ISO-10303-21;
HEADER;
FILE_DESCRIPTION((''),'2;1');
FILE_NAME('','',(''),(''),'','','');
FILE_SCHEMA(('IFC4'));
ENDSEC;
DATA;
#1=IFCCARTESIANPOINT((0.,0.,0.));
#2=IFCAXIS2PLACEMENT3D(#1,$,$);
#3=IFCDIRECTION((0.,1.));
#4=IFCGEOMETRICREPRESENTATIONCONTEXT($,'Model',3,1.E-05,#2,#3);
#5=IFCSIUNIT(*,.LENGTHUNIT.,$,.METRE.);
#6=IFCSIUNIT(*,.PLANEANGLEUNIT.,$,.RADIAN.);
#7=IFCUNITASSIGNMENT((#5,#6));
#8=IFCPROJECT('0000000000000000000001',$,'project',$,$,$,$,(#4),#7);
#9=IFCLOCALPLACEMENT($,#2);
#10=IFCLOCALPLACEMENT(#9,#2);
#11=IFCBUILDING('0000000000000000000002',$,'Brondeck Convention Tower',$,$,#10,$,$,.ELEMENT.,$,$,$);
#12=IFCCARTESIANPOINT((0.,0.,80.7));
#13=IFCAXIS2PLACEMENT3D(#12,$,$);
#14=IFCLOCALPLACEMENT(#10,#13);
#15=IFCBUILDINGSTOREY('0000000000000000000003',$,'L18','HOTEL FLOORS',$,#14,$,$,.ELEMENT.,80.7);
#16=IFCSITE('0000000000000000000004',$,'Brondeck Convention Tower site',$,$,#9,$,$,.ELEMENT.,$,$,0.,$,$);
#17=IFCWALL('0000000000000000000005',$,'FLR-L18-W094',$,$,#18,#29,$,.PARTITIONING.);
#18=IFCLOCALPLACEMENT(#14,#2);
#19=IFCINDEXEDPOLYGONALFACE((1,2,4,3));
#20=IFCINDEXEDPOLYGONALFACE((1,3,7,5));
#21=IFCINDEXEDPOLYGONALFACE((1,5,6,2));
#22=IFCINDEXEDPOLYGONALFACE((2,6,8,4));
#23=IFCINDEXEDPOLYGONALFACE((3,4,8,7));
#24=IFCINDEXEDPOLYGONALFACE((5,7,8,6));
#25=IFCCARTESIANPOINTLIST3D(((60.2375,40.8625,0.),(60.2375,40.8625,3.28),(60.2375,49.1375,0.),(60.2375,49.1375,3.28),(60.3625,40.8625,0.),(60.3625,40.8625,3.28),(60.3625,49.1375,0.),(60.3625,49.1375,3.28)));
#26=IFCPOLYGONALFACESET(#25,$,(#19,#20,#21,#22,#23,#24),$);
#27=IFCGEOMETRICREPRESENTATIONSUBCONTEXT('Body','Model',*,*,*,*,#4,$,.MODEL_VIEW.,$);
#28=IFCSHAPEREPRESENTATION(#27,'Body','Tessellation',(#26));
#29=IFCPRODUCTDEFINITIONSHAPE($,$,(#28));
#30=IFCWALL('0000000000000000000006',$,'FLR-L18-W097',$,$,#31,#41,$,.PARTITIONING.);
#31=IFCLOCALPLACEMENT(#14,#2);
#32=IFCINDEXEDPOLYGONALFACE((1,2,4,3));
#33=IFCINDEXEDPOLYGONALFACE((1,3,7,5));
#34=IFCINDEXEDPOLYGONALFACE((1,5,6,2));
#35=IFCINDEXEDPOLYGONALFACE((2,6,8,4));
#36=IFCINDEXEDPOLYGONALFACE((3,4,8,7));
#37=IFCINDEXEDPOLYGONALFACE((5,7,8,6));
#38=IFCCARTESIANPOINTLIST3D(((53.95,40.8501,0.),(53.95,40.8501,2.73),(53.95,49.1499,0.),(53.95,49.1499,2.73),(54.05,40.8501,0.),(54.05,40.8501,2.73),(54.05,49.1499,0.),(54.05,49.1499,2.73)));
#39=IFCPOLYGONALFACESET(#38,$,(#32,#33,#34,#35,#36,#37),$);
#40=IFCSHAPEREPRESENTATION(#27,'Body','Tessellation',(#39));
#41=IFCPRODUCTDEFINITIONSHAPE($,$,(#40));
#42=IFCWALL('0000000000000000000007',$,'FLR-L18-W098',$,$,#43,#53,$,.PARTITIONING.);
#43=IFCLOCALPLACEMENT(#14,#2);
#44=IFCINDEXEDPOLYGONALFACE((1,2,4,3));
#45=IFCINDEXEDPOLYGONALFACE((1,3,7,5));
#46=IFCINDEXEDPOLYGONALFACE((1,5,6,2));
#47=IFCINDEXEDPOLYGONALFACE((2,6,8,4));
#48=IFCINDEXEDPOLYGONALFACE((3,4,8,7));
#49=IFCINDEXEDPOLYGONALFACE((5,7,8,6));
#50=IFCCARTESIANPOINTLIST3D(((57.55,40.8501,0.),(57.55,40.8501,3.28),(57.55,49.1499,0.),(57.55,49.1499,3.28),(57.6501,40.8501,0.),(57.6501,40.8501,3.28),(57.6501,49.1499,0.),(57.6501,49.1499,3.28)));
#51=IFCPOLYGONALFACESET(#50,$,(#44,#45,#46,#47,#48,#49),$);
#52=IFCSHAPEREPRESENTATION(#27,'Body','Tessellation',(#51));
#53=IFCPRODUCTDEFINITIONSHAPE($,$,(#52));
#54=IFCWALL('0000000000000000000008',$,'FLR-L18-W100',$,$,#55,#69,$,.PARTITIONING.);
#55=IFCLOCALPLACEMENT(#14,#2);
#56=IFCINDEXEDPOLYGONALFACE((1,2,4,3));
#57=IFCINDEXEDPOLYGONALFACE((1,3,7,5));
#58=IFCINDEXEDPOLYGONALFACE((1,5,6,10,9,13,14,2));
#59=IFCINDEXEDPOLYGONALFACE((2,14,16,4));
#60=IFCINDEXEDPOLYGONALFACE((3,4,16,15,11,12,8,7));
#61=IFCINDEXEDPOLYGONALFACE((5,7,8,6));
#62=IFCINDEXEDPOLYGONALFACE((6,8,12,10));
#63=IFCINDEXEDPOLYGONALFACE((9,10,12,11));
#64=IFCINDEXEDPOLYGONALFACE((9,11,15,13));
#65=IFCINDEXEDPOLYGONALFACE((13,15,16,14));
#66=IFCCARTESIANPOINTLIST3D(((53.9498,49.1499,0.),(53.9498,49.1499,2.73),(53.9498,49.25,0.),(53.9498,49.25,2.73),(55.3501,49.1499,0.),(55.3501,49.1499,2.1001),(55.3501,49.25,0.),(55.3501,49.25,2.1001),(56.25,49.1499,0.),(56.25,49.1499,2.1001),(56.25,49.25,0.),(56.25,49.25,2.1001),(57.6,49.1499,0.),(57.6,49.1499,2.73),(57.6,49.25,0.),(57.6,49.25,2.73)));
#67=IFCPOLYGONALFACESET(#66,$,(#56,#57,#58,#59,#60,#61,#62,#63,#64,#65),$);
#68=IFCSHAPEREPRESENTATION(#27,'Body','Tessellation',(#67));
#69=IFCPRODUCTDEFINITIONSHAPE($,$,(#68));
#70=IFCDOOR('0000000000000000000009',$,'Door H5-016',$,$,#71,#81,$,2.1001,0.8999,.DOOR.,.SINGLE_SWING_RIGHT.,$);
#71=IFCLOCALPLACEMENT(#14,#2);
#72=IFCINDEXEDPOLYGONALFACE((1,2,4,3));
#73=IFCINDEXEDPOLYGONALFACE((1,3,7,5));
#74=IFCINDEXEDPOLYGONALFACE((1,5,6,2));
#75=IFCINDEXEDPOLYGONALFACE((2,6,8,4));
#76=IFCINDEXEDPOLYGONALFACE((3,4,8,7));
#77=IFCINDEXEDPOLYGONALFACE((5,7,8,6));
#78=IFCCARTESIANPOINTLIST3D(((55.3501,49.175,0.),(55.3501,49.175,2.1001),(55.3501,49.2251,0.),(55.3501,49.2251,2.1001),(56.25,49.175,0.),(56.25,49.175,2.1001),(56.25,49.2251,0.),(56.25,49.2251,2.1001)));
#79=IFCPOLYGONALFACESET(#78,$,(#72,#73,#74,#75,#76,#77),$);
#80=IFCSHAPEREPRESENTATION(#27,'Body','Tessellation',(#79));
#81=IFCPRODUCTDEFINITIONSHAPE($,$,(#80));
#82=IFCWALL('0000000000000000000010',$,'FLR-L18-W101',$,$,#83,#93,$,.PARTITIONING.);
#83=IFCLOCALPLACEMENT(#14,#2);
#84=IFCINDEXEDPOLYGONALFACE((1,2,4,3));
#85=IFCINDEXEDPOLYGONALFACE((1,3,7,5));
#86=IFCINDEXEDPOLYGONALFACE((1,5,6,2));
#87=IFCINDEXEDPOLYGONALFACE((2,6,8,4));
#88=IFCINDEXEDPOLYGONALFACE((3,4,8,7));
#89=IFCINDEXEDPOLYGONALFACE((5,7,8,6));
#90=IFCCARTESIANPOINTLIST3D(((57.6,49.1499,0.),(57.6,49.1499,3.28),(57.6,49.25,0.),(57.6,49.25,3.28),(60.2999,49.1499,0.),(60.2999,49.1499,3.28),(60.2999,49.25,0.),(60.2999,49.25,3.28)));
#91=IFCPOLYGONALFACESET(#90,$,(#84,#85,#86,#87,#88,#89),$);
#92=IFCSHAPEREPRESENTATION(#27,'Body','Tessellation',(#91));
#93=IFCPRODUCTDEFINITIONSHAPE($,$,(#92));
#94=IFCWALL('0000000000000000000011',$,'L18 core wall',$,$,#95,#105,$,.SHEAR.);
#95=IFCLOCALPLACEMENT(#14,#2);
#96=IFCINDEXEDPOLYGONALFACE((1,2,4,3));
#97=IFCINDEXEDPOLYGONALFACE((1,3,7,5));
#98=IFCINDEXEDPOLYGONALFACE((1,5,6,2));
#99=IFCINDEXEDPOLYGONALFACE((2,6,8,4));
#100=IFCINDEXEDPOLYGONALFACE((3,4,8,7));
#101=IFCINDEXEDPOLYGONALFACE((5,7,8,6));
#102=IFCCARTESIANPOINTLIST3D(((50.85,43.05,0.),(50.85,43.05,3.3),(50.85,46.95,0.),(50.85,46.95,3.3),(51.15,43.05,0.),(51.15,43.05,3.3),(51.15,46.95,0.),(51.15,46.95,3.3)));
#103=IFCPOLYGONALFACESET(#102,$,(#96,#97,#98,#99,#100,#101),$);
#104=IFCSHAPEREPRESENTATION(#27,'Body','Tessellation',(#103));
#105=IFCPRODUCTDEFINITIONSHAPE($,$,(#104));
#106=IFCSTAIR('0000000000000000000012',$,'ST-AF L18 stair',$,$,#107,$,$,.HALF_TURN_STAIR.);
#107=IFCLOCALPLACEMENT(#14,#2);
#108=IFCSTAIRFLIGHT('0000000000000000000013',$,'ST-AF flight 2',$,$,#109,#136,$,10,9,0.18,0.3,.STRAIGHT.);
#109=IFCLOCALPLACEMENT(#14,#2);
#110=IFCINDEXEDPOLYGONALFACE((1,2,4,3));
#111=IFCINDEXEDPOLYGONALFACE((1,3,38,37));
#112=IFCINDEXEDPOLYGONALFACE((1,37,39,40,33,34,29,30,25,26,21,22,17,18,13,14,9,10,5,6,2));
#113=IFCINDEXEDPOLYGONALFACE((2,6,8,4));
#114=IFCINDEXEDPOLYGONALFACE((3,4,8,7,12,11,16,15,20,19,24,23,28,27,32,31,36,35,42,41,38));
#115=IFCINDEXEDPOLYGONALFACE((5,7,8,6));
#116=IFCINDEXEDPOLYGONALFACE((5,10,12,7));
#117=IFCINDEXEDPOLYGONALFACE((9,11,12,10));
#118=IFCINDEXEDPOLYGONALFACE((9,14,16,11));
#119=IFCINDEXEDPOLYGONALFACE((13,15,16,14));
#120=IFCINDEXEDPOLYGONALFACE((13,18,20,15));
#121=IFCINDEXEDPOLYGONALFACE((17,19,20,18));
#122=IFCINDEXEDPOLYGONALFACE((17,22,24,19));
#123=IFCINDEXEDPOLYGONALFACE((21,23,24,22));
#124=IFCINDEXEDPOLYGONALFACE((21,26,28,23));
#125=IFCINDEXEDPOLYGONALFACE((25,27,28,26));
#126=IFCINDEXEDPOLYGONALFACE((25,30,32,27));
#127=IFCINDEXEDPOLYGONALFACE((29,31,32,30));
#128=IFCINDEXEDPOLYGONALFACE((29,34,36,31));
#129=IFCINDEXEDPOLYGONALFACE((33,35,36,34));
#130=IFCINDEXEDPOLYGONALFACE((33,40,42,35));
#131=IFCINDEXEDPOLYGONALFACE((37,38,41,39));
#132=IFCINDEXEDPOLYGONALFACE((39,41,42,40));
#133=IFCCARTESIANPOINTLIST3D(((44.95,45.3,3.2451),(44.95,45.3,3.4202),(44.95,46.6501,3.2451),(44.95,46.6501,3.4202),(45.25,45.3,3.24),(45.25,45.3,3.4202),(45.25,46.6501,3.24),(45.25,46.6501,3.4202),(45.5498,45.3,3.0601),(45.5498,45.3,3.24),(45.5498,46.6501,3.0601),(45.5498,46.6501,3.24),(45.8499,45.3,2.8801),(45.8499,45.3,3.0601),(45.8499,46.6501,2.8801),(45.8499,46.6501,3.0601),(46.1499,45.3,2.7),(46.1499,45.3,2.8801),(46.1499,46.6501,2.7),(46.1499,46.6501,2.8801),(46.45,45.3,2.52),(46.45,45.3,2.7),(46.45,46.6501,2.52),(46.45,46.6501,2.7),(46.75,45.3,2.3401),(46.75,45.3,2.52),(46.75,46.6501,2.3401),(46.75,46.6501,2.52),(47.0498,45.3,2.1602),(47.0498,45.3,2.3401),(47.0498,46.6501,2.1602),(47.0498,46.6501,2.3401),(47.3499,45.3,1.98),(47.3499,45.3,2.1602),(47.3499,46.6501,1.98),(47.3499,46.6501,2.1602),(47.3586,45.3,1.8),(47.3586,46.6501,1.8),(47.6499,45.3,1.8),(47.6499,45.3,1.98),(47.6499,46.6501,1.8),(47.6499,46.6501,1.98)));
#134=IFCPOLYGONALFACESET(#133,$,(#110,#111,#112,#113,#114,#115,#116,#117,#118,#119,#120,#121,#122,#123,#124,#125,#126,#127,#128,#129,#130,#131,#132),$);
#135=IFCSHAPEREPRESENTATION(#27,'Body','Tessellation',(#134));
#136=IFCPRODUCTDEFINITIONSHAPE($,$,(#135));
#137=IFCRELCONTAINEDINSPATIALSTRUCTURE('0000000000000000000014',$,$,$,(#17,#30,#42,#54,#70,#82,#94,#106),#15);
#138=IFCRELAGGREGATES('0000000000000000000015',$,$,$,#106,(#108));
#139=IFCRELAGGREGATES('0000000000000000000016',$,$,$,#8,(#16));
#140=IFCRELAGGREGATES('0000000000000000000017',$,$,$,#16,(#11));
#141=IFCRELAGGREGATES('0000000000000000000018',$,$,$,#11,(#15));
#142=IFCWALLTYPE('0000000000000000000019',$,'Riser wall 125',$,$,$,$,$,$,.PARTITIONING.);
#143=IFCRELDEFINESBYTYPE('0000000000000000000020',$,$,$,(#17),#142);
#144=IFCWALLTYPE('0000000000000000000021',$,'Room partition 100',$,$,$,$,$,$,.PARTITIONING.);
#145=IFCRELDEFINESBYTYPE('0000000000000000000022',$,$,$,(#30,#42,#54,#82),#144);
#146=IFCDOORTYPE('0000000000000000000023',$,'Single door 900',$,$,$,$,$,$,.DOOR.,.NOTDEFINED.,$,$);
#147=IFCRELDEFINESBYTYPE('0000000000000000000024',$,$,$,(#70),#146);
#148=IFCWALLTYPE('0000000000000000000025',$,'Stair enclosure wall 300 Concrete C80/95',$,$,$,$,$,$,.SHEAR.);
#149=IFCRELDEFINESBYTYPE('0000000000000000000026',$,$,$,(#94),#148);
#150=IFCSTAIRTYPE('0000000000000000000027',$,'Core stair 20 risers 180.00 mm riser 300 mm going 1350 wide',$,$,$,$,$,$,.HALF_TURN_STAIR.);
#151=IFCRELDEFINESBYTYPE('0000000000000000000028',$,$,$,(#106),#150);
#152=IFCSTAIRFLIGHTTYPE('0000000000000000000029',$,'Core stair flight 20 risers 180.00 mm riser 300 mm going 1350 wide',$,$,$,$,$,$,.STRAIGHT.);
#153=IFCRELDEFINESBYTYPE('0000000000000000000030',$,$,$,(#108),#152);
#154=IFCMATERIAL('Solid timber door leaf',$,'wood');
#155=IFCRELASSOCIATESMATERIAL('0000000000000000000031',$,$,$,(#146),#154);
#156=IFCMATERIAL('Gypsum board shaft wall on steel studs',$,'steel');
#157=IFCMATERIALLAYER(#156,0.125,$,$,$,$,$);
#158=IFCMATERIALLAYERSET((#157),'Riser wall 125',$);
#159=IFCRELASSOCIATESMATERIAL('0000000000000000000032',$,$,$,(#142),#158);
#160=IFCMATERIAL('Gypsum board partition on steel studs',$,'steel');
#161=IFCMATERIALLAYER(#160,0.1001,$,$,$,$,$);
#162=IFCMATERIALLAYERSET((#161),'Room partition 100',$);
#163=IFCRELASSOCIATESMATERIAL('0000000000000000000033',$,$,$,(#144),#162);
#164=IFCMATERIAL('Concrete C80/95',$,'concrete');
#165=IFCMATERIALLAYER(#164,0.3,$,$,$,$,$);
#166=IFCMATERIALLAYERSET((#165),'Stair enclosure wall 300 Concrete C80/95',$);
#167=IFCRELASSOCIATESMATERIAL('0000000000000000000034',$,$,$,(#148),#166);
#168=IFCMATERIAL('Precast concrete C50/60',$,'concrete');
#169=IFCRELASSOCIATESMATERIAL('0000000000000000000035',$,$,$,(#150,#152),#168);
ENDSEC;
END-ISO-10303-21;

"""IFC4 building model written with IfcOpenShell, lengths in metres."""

from ifc_helpers import new_model, si_unit, direction, frame, frame_2d, origin, place, context, subcontext, project, spatial, polyline, rectangle, outline, extrude, material, layer, layer_set, type_object, element, fill, aggregate, save


model = new_model("IFC4")

# Units and contexts
model_context = context("Model", 3, precision=1e-05, world=origin(), true_north=direction((0.0, 1.0)))
body_context = subcontext(model_context, "Body", "Model", "MODEL_VIEW")
ifc_project = project(units=[si_unit("LENGTHUNIT", "METRE"), si_unit("PLANEANGLEUNIT", "RADIAN")], contexts=[model_context])

# Site, building, storey
site_placement = place(None, origin())
site = spatial("IfcSite", under=ifc_project, at=site_placement, Name="Brondeck Convention Tower site", CompositionType="ELEMENT", RefElevation=0.0)
building_placement = place(site_placement, origin())
building = spatial("IfcBuilding", under=site, at=building_placement, Name="Brondeck Convention Tower", CompositionType="ELEMENT")
storey_placement = place(building_placement, frame((0.0, 0.0, 80.7)))
storey = spatial("IfcBuildingStorey", under=building, at=storey_placement, Name="L18", Description="HOTEL FLOORS", CompositionType="ELEMENT", Elevation=80.7)

# Shared definitions
ifc_material_1 = material(Name="Concrete C80/95", Category="concrete")

# Shared definitions
ifc_material_2 = material(Name="Solid timber door leaf", Category="wood")
door_type_1 = type_object("IfcDoorType", Name="Single door 900", OperationType="NOTDEFINED", PredefinedType="DOOR", material=ifc_material_2)

# Walls
ifc_material_3 = material(Name="Gypsum board shaft wall on steel studs", Category="steel")
ifc_layer_1 = layer(ifc_material_3, 0.125)
ifc_layer_set_1 = layer_set([ifc_layer_1], Name="Riser wall 125")
wall_type_1 = type_object("IfcWallType", Name="Riser wall 125", PredefinedType="PARTITIONING", material=ifc_layer_set_1)
wall_1_placement = place(storey_placement, frame((60.3, 49.1375, 0.0), z_axis=(0.0, 0.0, 1.0), x_axis=(0.0, -1.0, 0.0)))
element("IfcWall", 1, at=wall_1_placement, inside=storey, type_object=wall_type_1, Name="FLR-L18-W094", PredefinedType="PARTITIONING", context=body_context, shape_type="SweptSolid", body=[
    extrude(rectangle(XDim=8.2749, YDim=0.125, at=frame_2d((4.1375, 0.0))), origin(), (0.0, 0.0, 1.0), 3.28),
])
ifc_material_4 = material(Name="Gypsum board partition on steel studs", Category="steel")
ifc_layer_2 = layer(ifc_material_4, 0.1001)
ifc_layer_set_2 = layer_set([ifc_layer_2], Name="Room partition 100")
wall_type_2 = type_object("IfcWallType", Name="Room partition 100", PredefinedType="PARTITIONING", material=ifc_layer_set_2)
wall_2_placement = place(storey_placement, frame((54.0, 49.1499, 0.0), z_axis=(0.0, 0.0, 1.0), x_axis=(0.0, -1.0, 0.0)))
element("IfcWall", 2, at=wall_2_placement, inside=storey, type_object=wall_type_2, Name="FLR-L18-W097", PredefinedType="PARTITIONING", context=body_context, shape_type="SweptSolid", body=[
    extrude(rectangle(XDim=8.2998, YDim=0.1001, at=frame_2d((4.1499, 0.0))), origin(), (0.0, 0.0, 1.0), 2.73),
])
wall_3_placement = place(storey_placement, frame((57.6001, 49.1499, 0.0), z_axis=(0.0, 0.0, 1.0), x_axis=(0.0, -1.0, 0.0)))
element("IfcWall", 3, at=wall_3_placement, inside=storey, type_object=wall_type_2, Name="FLR-L18-W098", PredefinedType="PARTITIONING", context=body_context, shape_type="SweptSolid", body=[
    extrude(rectangle(XDim=8.2998, YDim=0.1001, at=frame_2d((4.1499, 0.0))), origin(), (0.0, 0.0, 1.0), 3.28),
])

# Wall, opening, door
wall_4_placement = place(storey_placement, frame((57.6001, 49.2, 0.0), z_axis=(0.0, 0.0, 1.0), x_axis=(-1.0, 0.0, 0.0)))
wall_4 = element("IfcWall", 4, at=wall_4_placement, inside=storey, type_object=wall_type_2, Name="FLR-L18-W100", PredefinedType="PARTITIONING", context=body_context, shape_type="SweptSolid", body=[
    extrude(rectangle(XDim=3.6501, YDim=0.1001, at=frame_2d((1.8252, 0.0))), origin(), (0.0, 0.0, 1.0), 2.73),
])
opening_1_placement = place(wall_4_placement, frame((1.3501, 0.0, 0.0)))
opening_1 = element("IfcOpeningElement", 5, at=opening_1_placement, cuts=wall_4, PredefinedType="OPENING", context=body_context, shape_type="SweptSolid", body=[
    extrude(rectangle(XDim=0.8999, YDim=2.1001, at=frame_2d((0.45, 1.05))), frame((0.0, 0.0601, 0.0), z_axis=(0.0, -1.0, 0.0), x_axis=(1.0, 0.0, 0.0)), (0.0, 0.0, 1.0), 0.1201),
])
door_1_placement = place(opening_1_placement, origin())
door_1 = element("IfcDoor", 6, at=door_1_placement, inside=storey, type_object=door_type_1, Name="Door H5-016", OperationType="SINGLE_SWING_RIGHT", OverallHeight=2.1001, OverallWidth=0.8999, PredefinedType="DOOR", context=body_context, shape_type="SweptSolid", body=[
    extrude(rectangle(XDim=0.8999, YDim=2.1001, at=frame_2d((0.45, 1.05))), frame((0.0, 0.0249, 0.0), z_axis=(0.0, -1.0, 0.0), x_axis=(1.0, 0.0, 0.0)), (0.0, 0.0, 1.0), 0.05),
])
fill(opening_1, door_1)

# Walls
wall_5_placement = place(storey_placement, frame((60.3, 49.2, 0.0), z_axis=(0.0, 0.0, 1.0), x_axis=(-1.0, 0.0, 0.0)))
element("IfcWall", 7, at=wall_5_placement, inside=storey, type_object=wall_type_2, Name="FLR-L18-W101", PredefinedType="PARTITIONING", context=body_context, shape_type="SweptSolid", body=[
    extrude(rectangle(XDim=2.7, YDim=0.1001, at=frame_2d((1.3501, 0.0))), origin(), (0.0, 0.0, 1.0), 3.28),
])
ifc_layer_3 = layer(ifc_material_1, 0.3)
ifc_layer_set_3 = layer_set([ifc_layer_3], Name="Stair enclosure wall 300 Concrete C80/95")
wall_type_3 = type_object("IfcWallType", Name="Stair enclosure wall 300 Concrete C80/95", PredefinedType="SHEAR", material=ifc_layer_set_3)
wall_6_placement = place(storey_placement, frame((51.0, 43.05, 0.0), z_axis=(0.0, 0.0, 1.0), x_axis=(0.0, 1.0, 0.0)))
element("IfcWall", 8, at=wall_6_placement, inside=storey, type_object=wall_type_3, Name="L18 core wall", PredefinedType="SHEAR", context=body_context, shape_type="SweptSolid", body=[
    extrude(rectangle(XDim=3.8999, YDim=0.3, at=frame_2d((1.95, 0.0))), origin(), (0.0, 0.0, 1.0), 3.3),
])

# Stair, stair flight
ifc_material_5 = material(Name="Precast concrete C50/60", Category="concrete")
stair_type = type_object("IfcStairType", Name="Core stair 20 risers 180.00 mm riser 300 mm going 1350 wide", PredefinedType="HALF_TURN_STAIR", material=ifc_material_5)
stair_placement = place(storey_placement, origin())
stair = element("IfcStair", 9, at=stair_placement, inside=storey, type_object=stair_type, Name="ST-AF L18 stair", PredefinedType="HALF_TURN_STAIR")
stair_flight_type = type_object("IfcStairFlightType", Name="Core stair flight 20 risers 180.00 mm riser 300 mm going 1350 wide", PredefinedType="STRAIGHT", material=ifc_material_5)
stair_flight_placement = place(storey_placement, frame((47.6499, 45.9751, 1.8), z_axis=(0.0, 0.0, 1.0), x_axis=(-1.0, 0.0, 0.0)))
stair_flight = element("IfcStairFlight", 10, at=stair_flight_placement, type_object=stair_flight_type, Name="ST-AF flight 2", NumberOfRisers=10, NumberOfTreads=9, PredefinedType="STRAIGHT", RiserHeight=0.18, TreadLength=0.3, context=body_context, shape_type="SweptSolid", body=[
    extrude(outline(polyline([(0.0, 0.0), (0.0, 0.1799), (0.3, 0.1799), (0.3, 0.3601), (0.6001, 0.3601), (0.6001, 0.54), (0.8999, 0.54), (0.8999, 0.72), (1.2, 0.72), (1.2, 0.8999), (1.5, 0.8999), (1.5, 1.0801), (1.8, 1.0801), (1.8, 1.26), (2.1001, 1.26), (2.1001, 1.4399), (2.3999, 1.4399), (2.3999, 1.6201), (2.7, 1.6201), (2.7, 1.8), (2.7, 1.4451), (0.2913, 0.0), (0.0, 0.0)])), frame((0.0, 0.675, 0.0), z_axis=(0.0, -1.0, 0.0), x_axis=(1.0, 0.0, 0.0)), (0.0, 0.0, 1.0), 1.3501),
])
aggregate(stair, [stair_flight])

save(model, "model.ifc")
